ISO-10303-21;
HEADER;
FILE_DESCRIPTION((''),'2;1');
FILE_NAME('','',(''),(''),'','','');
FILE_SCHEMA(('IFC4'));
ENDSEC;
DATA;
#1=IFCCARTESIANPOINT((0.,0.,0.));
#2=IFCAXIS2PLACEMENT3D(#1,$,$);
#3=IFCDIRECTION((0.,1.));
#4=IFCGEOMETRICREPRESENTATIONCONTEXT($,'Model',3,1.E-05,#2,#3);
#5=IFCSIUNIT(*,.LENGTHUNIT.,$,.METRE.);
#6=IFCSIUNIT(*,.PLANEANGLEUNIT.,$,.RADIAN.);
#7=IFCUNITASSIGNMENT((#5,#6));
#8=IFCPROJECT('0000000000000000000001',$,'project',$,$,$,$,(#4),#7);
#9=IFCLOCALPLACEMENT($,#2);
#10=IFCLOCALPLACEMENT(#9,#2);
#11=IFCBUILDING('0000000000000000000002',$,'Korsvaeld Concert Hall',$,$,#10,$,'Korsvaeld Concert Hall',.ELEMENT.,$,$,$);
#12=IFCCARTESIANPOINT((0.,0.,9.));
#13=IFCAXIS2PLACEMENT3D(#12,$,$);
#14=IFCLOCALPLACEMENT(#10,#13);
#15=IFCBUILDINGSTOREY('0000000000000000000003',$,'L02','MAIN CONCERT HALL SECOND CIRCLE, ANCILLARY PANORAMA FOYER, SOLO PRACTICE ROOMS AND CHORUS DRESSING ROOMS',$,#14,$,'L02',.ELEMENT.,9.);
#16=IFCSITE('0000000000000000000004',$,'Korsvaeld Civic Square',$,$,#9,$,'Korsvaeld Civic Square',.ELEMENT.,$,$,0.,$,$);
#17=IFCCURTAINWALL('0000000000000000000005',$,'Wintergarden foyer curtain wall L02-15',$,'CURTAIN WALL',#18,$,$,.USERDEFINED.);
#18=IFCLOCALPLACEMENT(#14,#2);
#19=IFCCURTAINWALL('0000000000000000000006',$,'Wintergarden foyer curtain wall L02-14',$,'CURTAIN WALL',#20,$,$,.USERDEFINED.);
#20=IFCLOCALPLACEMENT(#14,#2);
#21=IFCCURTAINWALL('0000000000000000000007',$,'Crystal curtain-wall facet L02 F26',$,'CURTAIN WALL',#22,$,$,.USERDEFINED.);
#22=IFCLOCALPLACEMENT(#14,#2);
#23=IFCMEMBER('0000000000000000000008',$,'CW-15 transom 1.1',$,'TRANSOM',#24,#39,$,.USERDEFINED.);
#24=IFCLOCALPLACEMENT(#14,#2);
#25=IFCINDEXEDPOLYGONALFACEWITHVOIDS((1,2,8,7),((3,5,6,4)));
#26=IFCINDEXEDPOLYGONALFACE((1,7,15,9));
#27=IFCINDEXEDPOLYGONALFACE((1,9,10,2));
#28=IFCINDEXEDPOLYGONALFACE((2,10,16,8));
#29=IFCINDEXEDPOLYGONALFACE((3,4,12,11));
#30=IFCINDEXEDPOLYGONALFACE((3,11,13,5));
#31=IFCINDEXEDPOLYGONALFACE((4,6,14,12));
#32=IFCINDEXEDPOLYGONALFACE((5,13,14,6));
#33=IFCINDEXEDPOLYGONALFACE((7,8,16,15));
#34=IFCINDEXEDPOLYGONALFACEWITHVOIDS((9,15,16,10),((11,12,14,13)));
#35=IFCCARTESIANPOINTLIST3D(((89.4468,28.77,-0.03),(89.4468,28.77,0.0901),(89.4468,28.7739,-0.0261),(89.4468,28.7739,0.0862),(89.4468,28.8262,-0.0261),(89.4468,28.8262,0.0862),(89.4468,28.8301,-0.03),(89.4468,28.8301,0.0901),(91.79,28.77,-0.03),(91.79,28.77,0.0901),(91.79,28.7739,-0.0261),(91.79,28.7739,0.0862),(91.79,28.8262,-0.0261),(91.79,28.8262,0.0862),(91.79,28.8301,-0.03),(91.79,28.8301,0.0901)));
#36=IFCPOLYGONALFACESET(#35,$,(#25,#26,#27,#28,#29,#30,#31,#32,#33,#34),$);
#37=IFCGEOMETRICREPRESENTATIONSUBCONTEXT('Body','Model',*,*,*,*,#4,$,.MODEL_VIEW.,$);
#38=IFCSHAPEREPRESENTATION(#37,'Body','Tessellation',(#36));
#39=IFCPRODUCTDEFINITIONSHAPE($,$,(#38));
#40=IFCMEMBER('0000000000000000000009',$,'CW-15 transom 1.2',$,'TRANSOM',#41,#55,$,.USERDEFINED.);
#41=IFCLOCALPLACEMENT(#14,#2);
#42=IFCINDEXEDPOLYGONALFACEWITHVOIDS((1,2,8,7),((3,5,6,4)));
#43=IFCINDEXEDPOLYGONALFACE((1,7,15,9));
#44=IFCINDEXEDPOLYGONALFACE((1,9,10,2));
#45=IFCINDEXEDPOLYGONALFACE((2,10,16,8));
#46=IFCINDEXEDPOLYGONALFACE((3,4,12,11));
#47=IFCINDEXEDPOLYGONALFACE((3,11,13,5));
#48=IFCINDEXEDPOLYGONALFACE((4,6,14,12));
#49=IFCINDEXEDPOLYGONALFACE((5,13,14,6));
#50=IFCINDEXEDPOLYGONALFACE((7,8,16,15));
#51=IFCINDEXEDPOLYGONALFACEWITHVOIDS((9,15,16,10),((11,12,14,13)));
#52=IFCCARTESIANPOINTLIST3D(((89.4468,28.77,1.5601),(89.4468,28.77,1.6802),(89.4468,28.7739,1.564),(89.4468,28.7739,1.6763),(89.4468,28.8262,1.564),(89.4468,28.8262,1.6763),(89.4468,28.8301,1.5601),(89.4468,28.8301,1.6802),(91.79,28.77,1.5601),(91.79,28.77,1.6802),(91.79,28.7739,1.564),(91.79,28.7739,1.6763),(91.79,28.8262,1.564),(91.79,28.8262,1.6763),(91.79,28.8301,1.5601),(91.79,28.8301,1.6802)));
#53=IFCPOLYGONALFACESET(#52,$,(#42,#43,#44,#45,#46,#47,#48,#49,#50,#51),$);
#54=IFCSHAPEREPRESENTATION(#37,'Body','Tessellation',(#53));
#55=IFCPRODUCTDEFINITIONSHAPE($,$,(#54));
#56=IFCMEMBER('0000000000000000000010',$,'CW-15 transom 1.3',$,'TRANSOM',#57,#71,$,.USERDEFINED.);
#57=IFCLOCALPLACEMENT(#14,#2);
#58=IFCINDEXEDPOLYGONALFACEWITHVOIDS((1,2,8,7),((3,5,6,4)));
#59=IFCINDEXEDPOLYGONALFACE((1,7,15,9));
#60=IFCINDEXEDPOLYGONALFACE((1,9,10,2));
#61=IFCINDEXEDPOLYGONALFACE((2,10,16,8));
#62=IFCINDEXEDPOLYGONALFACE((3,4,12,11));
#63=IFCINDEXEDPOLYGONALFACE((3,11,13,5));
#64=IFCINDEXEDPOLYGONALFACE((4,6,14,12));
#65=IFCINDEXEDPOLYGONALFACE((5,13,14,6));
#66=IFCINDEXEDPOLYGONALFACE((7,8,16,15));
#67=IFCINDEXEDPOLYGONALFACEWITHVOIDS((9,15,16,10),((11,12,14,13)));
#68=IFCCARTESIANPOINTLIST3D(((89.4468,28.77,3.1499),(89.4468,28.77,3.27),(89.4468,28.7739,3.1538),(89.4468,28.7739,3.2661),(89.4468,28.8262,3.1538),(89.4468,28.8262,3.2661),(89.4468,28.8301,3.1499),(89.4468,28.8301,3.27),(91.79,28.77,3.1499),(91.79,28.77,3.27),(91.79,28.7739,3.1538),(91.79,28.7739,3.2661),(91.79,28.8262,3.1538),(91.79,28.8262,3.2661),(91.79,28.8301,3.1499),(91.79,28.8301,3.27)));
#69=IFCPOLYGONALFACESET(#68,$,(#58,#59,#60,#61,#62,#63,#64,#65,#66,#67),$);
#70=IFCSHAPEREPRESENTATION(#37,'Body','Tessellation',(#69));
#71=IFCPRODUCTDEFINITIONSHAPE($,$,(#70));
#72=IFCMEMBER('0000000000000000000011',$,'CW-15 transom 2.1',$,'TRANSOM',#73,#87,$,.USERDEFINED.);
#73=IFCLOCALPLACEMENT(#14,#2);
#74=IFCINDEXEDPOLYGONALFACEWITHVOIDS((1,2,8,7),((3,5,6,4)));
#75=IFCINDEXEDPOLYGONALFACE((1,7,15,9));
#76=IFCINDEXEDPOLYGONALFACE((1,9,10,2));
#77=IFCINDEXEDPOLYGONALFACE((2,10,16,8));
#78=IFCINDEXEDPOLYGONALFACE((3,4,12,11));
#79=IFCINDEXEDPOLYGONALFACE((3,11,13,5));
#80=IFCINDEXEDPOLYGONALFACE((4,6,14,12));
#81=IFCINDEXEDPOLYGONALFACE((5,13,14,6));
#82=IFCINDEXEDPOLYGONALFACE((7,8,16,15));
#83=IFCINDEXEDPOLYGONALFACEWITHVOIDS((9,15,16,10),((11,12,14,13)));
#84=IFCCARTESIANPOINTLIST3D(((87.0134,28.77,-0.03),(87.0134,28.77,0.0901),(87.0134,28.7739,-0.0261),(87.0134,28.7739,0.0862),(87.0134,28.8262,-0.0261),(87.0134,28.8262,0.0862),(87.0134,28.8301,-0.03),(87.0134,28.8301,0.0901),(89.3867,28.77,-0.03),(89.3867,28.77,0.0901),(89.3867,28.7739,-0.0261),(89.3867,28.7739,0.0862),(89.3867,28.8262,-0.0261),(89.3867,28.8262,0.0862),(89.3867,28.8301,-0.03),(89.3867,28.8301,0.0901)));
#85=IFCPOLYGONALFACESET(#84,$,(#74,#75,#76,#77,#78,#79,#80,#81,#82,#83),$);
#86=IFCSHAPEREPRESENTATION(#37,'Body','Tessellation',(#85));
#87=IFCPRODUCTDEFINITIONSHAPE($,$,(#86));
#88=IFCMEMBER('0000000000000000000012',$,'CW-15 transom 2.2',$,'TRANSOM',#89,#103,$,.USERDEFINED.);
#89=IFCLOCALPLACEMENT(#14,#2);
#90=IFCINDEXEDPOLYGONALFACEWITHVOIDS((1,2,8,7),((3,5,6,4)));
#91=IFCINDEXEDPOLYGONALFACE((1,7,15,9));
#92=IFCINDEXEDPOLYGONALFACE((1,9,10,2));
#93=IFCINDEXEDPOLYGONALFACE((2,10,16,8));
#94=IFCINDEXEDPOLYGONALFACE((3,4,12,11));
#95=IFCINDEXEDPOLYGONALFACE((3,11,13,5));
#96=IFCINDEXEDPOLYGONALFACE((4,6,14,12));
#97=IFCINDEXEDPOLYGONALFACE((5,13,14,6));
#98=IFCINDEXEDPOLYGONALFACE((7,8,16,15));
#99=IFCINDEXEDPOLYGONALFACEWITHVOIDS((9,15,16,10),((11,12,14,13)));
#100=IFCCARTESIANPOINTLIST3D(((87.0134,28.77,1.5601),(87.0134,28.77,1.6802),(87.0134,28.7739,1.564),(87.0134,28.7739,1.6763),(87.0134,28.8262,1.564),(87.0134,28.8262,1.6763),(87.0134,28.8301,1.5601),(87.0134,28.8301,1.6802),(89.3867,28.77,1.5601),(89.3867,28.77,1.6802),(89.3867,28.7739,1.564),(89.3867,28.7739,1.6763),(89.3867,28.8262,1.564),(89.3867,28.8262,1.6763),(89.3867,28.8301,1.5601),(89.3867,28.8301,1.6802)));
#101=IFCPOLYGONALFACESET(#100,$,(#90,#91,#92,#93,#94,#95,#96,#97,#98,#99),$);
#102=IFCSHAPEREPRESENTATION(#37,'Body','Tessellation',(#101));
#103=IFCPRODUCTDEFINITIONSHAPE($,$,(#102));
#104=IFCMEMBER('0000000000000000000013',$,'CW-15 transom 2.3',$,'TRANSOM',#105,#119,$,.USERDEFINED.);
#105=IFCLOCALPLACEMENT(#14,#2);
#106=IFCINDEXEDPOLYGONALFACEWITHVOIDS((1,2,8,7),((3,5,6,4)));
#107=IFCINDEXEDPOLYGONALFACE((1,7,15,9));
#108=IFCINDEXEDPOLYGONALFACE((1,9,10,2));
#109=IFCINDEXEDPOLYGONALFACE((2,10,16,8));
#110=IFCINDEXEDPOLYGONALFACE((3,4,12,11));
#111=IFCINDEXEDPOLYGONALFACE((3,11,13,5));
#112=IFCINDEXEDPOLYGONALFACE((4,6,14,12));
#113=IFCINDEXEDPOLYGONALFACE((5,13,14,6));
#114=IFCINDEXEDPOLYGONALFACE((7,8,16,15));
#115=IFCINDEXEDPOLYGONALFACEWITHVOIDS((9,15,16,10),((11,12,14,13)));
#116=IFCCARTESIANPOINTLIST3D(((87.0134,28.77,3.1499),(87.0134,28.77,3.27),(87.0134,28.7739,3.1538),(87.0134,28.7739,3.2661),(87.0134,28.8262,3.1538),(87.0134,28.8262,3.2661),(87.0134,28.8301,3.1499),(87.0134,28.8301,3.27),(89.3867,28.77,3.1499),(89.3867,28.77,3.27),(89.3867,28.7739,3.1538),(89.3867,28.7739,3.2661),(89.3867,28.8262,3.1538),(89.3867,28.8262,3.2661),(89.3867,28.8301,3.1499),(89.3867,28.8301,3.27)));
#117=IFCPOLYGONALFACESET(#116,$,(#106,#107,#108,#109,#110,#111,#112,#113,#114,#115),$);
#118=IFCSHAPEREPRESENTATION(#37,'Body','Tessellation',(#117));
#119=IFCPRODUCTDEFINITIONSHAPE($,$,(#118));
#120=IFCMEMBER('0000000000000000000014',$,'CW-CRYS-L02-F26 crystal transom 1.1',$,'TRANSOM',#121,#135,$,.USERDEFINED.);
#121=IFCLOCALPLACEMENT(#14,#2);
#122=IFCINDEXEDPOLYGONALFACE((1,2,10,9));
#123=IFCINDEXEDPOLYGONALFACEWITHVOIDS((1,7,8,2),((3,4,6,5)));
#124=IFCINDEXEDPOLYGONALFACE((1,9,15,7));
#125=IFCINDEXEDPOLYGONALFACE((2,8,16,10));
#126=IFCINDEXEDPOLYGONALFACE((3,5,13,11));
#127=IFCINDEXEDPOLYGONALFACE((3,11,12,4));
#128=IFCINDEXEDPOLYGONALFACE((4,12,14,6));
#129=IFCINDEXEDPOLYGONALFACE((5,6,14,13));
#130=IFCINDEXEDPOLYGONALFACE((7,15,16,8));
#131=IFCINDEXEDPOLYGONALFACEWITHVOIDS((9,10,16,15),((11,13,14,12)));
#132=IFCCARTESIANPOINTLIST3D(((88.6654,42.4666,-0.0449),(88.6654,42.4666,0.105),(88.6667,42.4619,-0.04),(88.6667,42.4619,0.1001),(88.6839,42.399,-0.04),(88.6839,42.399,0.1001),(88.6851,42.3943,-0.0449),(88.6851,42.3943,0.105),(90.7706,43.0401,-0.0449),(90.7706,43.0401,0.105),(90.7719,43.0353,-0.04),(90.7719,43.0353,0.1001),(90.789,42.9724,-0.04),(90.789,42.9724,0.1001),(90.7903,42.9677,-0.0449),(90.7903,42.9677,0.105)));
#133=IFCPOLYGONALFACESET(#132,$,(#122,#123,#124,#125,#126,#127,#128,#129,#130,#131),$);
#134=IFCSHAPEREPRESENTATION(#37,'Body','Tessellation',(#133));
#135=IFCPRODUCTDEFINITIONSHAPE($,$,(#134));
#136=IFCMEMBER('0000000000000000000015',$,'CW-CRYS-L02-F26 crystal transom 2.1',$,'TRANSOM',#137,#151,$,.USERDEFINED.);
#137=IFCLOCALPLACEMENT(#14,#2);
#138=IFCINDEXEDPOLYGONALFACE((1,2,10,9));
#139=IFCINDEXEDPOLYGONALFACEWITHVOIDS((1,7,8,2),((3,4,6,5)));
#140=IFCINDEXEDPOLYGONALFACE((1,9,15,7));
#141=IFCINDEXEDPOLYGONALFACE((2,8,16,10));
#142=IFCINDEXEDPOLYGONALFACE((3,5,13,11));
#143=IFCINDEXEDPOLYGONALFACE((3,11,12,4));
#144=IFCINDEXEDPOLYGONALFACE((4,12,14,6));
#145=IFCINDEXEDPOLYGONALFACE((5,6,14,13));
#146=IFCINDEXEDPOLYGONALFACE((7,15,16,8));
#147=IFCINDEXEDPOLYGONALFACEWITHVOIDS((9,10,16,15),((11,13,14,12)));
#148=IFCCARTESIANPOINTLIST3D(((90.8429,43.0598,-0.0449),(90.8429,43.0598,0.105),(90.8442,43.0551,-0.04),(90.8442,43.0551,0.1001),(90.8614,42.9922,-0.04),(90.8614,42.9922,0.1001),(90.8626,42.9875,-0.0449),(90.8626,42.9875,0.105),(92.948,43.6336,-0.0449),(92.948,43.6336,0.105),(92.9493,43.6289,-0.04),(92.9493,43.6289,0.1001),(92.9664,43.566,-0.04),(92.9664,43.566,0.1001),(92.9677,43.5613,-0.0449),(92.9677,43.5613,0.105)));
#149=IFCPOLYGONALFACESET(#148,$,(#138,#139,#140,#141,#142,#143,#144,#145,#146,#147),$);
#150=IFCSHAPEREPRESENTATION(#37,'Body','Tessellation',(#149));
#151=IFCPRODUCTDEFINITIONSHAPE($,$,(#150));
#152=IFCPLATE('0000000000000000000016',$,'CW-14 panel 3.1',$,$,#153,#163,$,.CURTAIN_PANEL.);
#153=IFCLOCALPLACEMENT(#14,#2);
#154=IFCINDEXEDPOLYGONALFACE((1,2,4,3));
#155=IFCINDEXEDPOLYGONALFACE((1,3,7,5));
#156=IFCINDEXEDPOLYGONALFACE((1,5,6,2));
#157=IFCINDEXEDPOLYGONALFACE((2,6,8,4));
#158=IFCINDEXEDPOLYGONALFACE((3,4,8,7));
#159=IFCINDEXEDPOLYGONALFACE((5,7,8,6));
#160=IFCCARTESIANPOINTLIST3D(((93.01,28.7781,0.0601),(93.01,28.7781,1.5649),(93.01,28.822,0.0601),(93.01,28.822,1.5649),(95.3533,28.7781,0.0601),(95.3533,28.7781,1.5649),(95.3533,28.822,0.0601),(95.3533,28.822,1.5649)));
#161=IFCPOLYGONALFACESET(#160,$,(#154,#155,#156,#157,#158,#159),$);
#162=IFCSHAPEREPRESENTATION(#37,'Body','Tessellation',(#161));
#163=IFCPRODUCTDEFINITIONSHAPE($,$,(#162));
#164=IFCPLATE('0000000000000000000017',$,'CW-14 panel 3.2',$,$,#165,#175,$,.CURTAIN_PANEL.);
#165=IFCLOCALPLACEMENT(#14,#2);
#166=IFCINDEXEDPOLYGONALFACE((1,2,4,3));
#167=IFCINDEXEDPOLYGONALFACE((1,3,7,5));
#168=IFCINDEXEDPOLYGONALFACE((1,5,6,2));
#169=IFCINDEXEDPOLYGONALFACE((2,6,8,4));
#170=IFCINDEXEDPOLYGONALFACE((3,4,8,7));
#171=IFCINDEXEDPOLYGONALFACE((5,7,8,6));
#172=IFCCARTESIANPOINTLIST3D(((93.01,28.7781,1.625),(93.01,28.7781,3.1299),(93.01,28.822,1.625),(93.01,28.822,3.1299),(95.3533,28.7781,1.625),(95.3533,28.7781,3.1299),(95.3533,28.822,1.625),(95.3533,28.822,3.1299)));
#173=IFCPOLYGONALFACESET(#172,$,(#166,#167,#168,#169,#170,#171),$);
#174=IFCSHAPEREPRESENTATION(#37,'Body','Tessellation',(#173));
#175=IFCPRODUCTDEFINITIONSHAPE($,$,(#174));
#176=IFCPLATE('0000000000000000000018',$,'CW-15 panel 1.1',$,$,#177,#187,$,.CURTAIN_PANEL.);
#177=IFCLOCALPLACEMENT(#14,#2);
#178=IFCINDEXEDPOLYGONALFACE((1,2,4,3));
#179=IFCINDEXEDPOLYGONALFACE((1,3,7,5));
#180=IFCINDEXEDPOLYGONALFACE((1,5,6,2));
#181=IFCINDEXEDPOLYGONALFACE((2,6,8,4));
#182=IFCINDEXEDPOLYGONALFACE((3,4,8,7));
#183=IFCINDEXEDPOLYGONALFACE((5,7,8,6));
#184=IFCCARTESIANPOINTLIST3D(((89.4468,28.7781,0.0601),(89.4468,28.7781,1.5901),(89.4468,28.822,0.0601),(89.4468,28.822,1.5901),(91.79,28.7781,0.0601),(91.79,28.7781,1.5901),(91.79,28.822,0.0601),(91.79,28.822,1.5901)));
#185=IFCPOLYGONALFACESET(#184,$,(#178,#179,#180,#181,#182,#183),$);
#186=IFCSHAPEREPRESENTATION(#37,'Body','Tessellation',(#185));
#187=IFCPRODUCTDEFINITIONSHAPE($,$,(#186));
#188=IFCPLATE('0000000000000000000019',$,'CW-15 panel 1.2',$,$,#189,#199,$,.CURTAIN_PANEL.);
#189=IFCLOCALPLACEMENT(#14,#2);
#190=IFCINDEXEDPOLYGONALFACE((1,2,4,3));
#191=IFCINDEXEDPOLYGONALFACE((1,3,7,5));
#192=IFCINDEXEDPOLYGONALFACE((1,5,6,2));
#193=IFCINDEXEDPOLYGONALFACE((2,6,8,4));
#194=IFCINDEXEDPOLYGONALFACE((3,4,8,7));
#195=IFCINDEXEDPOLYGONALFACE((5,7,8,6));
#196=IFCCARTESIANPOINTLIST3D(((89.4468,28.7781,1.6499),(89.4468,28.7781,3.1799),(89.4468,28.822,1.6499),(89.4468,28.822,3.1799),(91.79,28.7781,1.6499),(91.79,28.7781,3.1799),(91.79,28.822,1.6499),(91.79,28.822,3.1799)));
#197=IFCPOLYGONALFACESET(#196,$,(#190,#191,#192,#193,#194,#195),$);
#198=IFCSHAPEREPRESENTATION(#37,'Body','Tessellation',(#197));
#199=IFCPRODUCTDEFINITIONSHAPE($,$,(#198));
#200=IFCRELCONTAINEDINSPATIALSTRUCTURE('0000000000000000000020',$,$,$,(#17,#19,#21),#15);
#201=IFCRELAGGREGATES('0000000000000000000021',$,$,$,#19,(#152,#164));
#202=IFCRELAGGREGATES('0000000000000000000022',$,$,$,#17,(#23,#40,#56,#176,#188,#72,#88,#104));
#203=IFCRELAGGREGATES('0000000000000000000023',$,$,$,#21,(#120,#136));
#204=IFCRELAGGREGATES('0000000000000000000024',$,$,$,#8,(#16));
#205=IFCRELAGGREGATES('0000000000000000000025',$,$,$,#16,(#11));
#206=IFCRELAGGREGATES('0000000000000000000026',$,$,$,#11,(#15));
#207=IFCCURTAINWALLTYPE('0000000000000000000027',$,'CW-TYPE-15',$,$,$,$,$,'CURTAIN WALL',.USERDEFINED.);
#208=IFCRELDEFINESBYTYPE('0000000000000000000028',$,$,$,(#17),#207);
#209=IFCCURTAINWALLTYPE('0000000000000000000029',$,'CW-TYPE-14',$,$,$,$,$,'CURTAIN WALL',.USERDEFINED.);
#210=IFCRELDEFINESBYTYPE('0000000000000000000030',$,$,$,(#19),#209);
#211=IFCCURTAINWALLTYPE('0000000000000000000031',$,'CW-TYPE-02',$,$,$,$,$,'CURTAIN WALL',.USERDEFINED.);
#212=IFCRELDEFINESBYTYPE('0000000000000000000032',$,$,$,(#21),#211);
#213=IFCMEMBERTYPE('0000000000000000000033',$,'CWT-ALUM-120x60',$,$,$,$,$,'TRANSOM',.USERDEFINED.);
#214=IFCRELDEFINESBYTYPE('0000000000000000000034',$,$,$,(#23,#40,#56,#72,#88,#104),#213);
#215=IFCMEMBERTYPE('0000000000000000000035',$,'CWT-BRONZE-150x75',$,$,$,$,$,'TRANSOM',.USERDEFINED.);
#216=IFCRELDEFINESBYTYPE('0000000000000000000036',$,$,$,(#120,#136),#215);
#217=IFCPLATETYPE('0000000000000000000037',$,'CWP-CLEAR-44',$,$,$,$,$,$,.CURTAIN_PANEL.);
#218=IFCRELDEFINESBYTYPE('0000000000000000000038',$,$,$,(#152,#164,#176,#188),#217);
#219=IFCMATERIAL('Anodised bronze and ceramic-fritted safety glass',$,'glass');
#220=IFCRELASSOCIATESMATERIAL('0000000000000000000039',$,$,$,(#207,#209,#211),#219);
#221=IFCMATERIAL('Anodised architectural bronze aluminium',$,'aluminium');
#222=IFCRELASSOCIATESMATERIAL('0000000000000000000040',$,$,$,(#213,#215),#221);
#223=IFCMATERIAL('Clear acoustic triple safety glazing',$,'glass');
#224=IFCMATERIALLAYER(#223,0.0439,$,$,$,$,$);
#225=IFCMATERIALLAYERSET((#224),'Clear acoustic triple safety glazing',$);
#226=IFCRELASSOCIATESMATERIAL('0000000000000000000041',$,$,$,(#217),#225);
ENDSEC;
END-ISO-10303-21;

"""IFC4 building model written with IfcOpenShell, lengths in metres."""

from ifc_helpers import new_model, si_unit, direction, frame, origin, origin_2d, place, context, subcontext, project, spatial, rectangle, hollow_rectangle, extrude, material, layer, layer_set, material_profile, profile_set, type_object, element, aggregate, save


model = new_model("IFC4")

# Units and contexts
model_context = context("Model", 3, precision=1e-05, world=origin(), true_north=direction((0.0, 1.0)))
body_context = subcontext(model_context, "Body", "Model", "MODEL_VIEW")
ifc_project = project(units=[si_unit("LENGTHUNIT", "METRE"), si_unit("PLANEANGLEUNIT", "RADIAN")], contexts=[model_context])

# Site, building, storey
site_placement = place(None, origin())
site = spatial("IfcSite", under=ifc_project, at=site_placement, Name="Korsvaeld Civic Square", LongName="Korsvaeld Civic Square", CompositionType="ELEMENT", RefElevation=0.0)
building_placement = place(site_placement, origin())
building = spatial("IfcBuilding", under=site, at=building_placement, Name="Korsvaeld Concert Hall", LongName="Korsvaeld Concert Hall", CompositionType="ELEMENT")
storey_placement = place(building_placement, frame((0.0, 0.0, 9.0)))
storey = spatial("IfcBuildingStorey", under=building, at=storey_placement, Name="L02", Description="MAIN CONCERT HALL SECOND CIRCLE, ANCILLARY PANORAMA FOYER, SOLO PRACTICE ROOMS AND CHORUS DRESSING ROOMS", LongName="L02", CompositionType="ELEMENT", Elevation=9.0)

# Curtain wall
ifc_material_1 = material(Name="Anodised bronze and ceramic-fritted safety glass", Category="glass")
curtain_wall_type_1 = type_object("IfcCurtainWallType", Name="CW-TYPE-15", ElementType="CURTAIN WALL", PredefinedType="USERDEFINED", material=ifc_material_1)
curtain_wall_1_placement = place(storey_placement, origin())
curtain_wall_1 = element("IfcCurtainWall", 1, at=curtain_wall_1_placement, inside=storey, type_object=curtain_wall_type_1, Name="Wintergarden foyer curtain wall L02-15", ObjectType="CURTAIN WALL", PredefinedType="USERDEFINED")
ifc_material_2 = material(Name="Anodised architectural bronze aluminium", Category="aluminium")

# Curtain wall
curtain_wall_type_2 = type_object("IfcCurtainWallType", Name="CW-TYPE-14", ElementType="CURTAIN WALL", PredefinedType="USERDEFINED", material=ifc_material_1)
curtain_wall_2_placement = place(storey_placement, origin())
curtain_wall_2 = element("IfcCurtainWall", 2, at=curtain_wall_2_placement, inside=storey, type_object=curtain_wall_type_2, Name="Wintergarden foyer curtain wall L02-14", ObjectType="CURTAIN WALL", PredefinedType="USERDEFINED")

# Curtain wall
curtain_wall_type_3 = type_object("IfcCurtainWallType", Name="CW-TYPE-02", ElementType="CURTAIN WALL", PredefinedType="USERDEFINED", material=ifc_material_1)
curtain_wall_3_placement = place(storey_placement, origin())
curtain_wall_3 = element("IfcCurtainWall", 3, at=curtain_wall_3_placement, inside=storey, type_object=curtain_wall_type_3, Name="Crystal curtain-wall facet L02 F26", ObjectType="CURTAIN WALL", PredefinedType="USERDEFINED")

# Members
ifc_material_profile_1 = material_profile(ifc_material_2, hollow_rectangle(XDim=0.0601, YDim=0.1201, WallThickness=0.0039, at=origin_2d()), Name="CWT 120x60x4")
ifc_profile_set_1 = profile_set([ifc_material_profile_1], Name="Anodised architectural bronze aluminium")
member_type_1 = type_object("IfcMemberType", Name="CWT-ALUM-120x60", ElementType="TRANSOM", PredefinedType="USERDEFINED", material=ifc_profile_set_1)
member_1_placement = place(storey_placement, frame((91.79, 28.8, 0.03), z_axis=(-1.0, 0.0, 0.0), x_axis=(0.0, -1.0, 0.0)))
member_1 = element("IfcMember", 4, at=member_1_placement, type_object=member_type_1, Name="CW-15 transom 1.1", ObjectType="TRANSOM", PredefinedType="USERDEFINED", context=body_context, shape_type="SweptSolid", body=[
    extrude(hollow_rectangle(XDim=0.0601, YDim=0.1201, WallThickness=0.0039, at=origin_2d()), origin(), (0.0, 0.0, 1.0), 2.3433),
])
member_2_placement = place(storey_placement, frame((91.79, 28.8, 1.6201), z_axis=(-1.0, 0.0, 0.0), x_axis=(0.0, -1.0, 0.0)))
member_2 = element("IfcMember", 5, at=member_2_placement, type_object=member_type_1, Name="CW-15 transom 1.2", ObjectType="TRANSOM", PredefinedType="USERDEFINED", context=body_context, shape_type="SweptSolid", body=[
    extrude(hollow_rectangle(XDim=0.0601, YDim=0.1201, WallThickness=0.0039, at=origin_2d()), origin(), (0.0, 0.0, 1.0), 2.3433),
])
member_3_placement = place(storey_placement, frame((91.79, 28.8, 3.21), z_axis=(-1.0, 0.0, 0.0), x_axis=(0.0, -1.0, 0.0)))
member_3 = element("IfcMember", 6, at=member_3_placement, type_object=member_type_1, Name="CW-15 transom 1.3", ObjectType="TRANSOM", PredefinedType="USERDEFINED", context=body_context, shape_type="SweptSolid", body=[
    extrude(hollow_rectangle(XDim=0.0601, YDim=0.1201, WallThickness=0.0039, at=origin_2d()), origin(), (0.0, 0.0, 1.0), 2.3433),
])
member_4_placement = place(storey_placement, frame((89.3867, 28.8, 0.03), z_axis=(-1.0, 0.0, 0.0), x_axis=(0.0, -1.0, 0.0)))
member_4 = element("IfcMember", 7, at=member_4_placement, type_object=member_type_1, Name="CW-15 transom 2.1", ObjectType="TRANSOM", PredefinedType="USERDEFINED", context=body_context, shape_type="SweptSolid", body=[
    extrude(hollow_rectangle(XDim=0.0601, YDim=0.1201, WallThickness=0.0039, at=origin_2d()), origin(), (0.0, 0.0, 1.0), 2.3733),
])
member_5_placement = place(storey_placement, frame((89.3867, 28.8, 1.6201), z_axis=(-1.0, 0.0, 0.0), x_axis=(0.0, -1.0, 0.0)))
member_5 = element("IfcMember", 8, at=member_5_placement, type_object=member_type_1, Name="CW-15 transom 2.2", ObjectType="TRANSOM", PredefinedType="USERDEFINED", context=body_context, shape_type="SweptSolid", body=[
    extrude(hollow_rectangle(XDim=0.0601, YDim=0.1201, WallThickness=0.0039, at=origin_2d()), origin(), (0.0, 0.0, 1.0), 2.3733),
])
member_6_placement = place(storey_placement, frame((89.3867, 28.8, 3.21), z_axis=(-1.0, 0.0, 0.0), x_axis=(0.0, -1.0, 0.0)))
member_6 = element("IfcMember", 9, at=member_6_placement, type_object=member_type_1, Name="CW-15 transom 2.3", ObjectType="TRANSOM", PredefinedType="USERDEFINED", context=body_context, shape_type="SweptSolid", body=[
    extrude(hollow_rectangle(XDim=0.0601, YDim=0.1201, WallThickness=0.0039, at=origin_2d()), origin(), (0.0, 0.0, 1.0), 2.3733),
])
ifc_material_profile_2 = material_profile(ifc_material_2, hollow_rectangle(XDim=0.075, YDim=0.1499, WallThickness=0.0049, at=origin_2d()), Name="CWT 150x75x5")
ifc_profile_set_2 = profile_set([ifc_material_profile_2], Name="Anodised architectural bronze aluminium")
member_type_2 = type_object("IfcMemberType", Name="CWT-BRONZE-150x75", ElementType="TRANSOM", PredefinedType="USERDEFINED", material=ifc_profile_set_2)
member_7_placement = place(storey_placement, frame((88.6753, 42.4304, 0.03), z_axis=(0.964841, 0.262833, 0.0), x_axis=(-0.262833, 0.964841, 0.0)))
member_7 = element("IfcMember", 10, at=member_7_placement, type_object=member_type_2, Name="CW-CRYS-L02-F26 crystal transom 1.1", ObjectType="TRANSOM", PredefinedType="USERDEFINED", context=body_context, shape_type="SweptSolid", body=[
    extrude(hollow_rectangle(XDim=0.075, YDim=0.1499, WallThickness=0.0049, at=origin_2d()), origin(), (0.0, 0.0, 1.0), 2.1819),
])
member_8_placement = place(storey_placement, frame((90.8528, 43.0237, 0.03), z_axis=(0.964805, 0.262966, 0.0), x_axis=(-0.262966, 0.964805, 0.0)))
member_8 = element("IfcMember", 11, at=member_8_placement, type_object=member_type_2, Name="CW-CRYS-L02-F26 crystal transom 2.1", ObjectType="TRANSOM", PredefinedType="USERDEFINED", context=body_context, shape_type="SweptSolid", body=[
    extrude(hollow_rectangle(XDim=0.075, YDim=0.1499, WallThickness=0.0049, at=origin_2d()), origin(), (0.0, 0.0, 1.0), 2.1819),
])

# Plates
ifc_material_3 = material(Name="Clear acoustic triple safety glazing", Category="glass")
ifc_layer_1 = layer(ifc_material_3, 0.0439)
ifc_layer_set_1 = layer_set([ifc_layer_1], Name="Clear acoustic triple safety glazing")
plate_type_1 = type_object("IfcPlateType", Name="CWP-CLEAR-44", PredefinedType="CURTAIN_PANEL", material=ifc_layer_set_1)
plate_1_placement = place(storey_placement, frame((94.1816, 28.8, 0.0601), z_axis=(0.0, 0.0, 1.0), x_axis=(-1.0, 0.0, 0.0)))
plate_1 = element("IfcPlate", 12, at=plate_1_placement, type_object=plate_type_1, Name="CW-14 panel 3.1", PredefinedType="CURTAIN_PANEL", context=body_context, shape_type="SweptSolid", body=[
    extrude(rectangle(XDim=2.3433, YDim=0.0439, at=origin_2d()), origin(), (0.0, 0.0, 1.0), 1.5049),
])
plate_2_placement = place(storey_placement, frame((94.1816, 28.8, 1.625), z_axis=(0.0, 0.0, 1.0), x_axis=(-1.0, 0.0, 0.0)))
plate_2 = element("IfcPlate", 13, at=plate_2_placement, type_object=plate_type_1, Name="CW-14 panel 3.2", PredefinedType="CURTAIN_PANEL", context=body_context, shape_type="SweptSolid", body=[
    extrude(rectangle(XDim=2.3433, YDim=0.0439, at=origin_2d()), origin(), (0.0, 0.0, 1.0), 1.5049),
])
aggregate(curtain_wall_2, [plate_1, plate_2])
plate_3_placement = place(storey_placement, frame((90.6184, 28.8, 0.0601), z_axis=(0.0, 0.0, 1.0), x_axis=(-1.0, 0.0, 0.0)))
plate_3 = element("IfcPlate", 14, at=plate_3_placement, type_object=plate_type_1, Name="CW-15 panel 1.1", PredefinedType="CURTAIN_PANEL", context=body_context, shape_type="SweptSolid", body=[
    extrude(rectangle(XDim=2.3433, YDim=0.0439, at=origin_2d()), origin(), (0.0, 0.0, 1.0), 1.53),
])
plate_4_placement = place(storey_placement, frame((90.6184, 28.8, 1.6499), z_axis=(0.0, 0.0, 1.0), x_axis=(-1.0, 0.0, 0.0)))
plate_4 = element("IfcPlate", 15, at=plate_4_placement, type_object=plate_type_1, Name="CW-15 panel 1.2", PredefinedType="CURTAIN_PANEL", context=body_context, shape_type="SweptSolid", body=[
    extrude(rectangle(XDim=2.3433, YDim=0.0439, at=origin_2d()), origin(), (0.0, 0.0, 1.0), 1.53),
])
aggregate(curtain_wall_1, [member_1, member_2, member_3, plate_3, plate_4, member_4, member_5, member_6])
aggregate(curtain_wall_3, [member_7, member_8])

save(model, "model.ifc")
